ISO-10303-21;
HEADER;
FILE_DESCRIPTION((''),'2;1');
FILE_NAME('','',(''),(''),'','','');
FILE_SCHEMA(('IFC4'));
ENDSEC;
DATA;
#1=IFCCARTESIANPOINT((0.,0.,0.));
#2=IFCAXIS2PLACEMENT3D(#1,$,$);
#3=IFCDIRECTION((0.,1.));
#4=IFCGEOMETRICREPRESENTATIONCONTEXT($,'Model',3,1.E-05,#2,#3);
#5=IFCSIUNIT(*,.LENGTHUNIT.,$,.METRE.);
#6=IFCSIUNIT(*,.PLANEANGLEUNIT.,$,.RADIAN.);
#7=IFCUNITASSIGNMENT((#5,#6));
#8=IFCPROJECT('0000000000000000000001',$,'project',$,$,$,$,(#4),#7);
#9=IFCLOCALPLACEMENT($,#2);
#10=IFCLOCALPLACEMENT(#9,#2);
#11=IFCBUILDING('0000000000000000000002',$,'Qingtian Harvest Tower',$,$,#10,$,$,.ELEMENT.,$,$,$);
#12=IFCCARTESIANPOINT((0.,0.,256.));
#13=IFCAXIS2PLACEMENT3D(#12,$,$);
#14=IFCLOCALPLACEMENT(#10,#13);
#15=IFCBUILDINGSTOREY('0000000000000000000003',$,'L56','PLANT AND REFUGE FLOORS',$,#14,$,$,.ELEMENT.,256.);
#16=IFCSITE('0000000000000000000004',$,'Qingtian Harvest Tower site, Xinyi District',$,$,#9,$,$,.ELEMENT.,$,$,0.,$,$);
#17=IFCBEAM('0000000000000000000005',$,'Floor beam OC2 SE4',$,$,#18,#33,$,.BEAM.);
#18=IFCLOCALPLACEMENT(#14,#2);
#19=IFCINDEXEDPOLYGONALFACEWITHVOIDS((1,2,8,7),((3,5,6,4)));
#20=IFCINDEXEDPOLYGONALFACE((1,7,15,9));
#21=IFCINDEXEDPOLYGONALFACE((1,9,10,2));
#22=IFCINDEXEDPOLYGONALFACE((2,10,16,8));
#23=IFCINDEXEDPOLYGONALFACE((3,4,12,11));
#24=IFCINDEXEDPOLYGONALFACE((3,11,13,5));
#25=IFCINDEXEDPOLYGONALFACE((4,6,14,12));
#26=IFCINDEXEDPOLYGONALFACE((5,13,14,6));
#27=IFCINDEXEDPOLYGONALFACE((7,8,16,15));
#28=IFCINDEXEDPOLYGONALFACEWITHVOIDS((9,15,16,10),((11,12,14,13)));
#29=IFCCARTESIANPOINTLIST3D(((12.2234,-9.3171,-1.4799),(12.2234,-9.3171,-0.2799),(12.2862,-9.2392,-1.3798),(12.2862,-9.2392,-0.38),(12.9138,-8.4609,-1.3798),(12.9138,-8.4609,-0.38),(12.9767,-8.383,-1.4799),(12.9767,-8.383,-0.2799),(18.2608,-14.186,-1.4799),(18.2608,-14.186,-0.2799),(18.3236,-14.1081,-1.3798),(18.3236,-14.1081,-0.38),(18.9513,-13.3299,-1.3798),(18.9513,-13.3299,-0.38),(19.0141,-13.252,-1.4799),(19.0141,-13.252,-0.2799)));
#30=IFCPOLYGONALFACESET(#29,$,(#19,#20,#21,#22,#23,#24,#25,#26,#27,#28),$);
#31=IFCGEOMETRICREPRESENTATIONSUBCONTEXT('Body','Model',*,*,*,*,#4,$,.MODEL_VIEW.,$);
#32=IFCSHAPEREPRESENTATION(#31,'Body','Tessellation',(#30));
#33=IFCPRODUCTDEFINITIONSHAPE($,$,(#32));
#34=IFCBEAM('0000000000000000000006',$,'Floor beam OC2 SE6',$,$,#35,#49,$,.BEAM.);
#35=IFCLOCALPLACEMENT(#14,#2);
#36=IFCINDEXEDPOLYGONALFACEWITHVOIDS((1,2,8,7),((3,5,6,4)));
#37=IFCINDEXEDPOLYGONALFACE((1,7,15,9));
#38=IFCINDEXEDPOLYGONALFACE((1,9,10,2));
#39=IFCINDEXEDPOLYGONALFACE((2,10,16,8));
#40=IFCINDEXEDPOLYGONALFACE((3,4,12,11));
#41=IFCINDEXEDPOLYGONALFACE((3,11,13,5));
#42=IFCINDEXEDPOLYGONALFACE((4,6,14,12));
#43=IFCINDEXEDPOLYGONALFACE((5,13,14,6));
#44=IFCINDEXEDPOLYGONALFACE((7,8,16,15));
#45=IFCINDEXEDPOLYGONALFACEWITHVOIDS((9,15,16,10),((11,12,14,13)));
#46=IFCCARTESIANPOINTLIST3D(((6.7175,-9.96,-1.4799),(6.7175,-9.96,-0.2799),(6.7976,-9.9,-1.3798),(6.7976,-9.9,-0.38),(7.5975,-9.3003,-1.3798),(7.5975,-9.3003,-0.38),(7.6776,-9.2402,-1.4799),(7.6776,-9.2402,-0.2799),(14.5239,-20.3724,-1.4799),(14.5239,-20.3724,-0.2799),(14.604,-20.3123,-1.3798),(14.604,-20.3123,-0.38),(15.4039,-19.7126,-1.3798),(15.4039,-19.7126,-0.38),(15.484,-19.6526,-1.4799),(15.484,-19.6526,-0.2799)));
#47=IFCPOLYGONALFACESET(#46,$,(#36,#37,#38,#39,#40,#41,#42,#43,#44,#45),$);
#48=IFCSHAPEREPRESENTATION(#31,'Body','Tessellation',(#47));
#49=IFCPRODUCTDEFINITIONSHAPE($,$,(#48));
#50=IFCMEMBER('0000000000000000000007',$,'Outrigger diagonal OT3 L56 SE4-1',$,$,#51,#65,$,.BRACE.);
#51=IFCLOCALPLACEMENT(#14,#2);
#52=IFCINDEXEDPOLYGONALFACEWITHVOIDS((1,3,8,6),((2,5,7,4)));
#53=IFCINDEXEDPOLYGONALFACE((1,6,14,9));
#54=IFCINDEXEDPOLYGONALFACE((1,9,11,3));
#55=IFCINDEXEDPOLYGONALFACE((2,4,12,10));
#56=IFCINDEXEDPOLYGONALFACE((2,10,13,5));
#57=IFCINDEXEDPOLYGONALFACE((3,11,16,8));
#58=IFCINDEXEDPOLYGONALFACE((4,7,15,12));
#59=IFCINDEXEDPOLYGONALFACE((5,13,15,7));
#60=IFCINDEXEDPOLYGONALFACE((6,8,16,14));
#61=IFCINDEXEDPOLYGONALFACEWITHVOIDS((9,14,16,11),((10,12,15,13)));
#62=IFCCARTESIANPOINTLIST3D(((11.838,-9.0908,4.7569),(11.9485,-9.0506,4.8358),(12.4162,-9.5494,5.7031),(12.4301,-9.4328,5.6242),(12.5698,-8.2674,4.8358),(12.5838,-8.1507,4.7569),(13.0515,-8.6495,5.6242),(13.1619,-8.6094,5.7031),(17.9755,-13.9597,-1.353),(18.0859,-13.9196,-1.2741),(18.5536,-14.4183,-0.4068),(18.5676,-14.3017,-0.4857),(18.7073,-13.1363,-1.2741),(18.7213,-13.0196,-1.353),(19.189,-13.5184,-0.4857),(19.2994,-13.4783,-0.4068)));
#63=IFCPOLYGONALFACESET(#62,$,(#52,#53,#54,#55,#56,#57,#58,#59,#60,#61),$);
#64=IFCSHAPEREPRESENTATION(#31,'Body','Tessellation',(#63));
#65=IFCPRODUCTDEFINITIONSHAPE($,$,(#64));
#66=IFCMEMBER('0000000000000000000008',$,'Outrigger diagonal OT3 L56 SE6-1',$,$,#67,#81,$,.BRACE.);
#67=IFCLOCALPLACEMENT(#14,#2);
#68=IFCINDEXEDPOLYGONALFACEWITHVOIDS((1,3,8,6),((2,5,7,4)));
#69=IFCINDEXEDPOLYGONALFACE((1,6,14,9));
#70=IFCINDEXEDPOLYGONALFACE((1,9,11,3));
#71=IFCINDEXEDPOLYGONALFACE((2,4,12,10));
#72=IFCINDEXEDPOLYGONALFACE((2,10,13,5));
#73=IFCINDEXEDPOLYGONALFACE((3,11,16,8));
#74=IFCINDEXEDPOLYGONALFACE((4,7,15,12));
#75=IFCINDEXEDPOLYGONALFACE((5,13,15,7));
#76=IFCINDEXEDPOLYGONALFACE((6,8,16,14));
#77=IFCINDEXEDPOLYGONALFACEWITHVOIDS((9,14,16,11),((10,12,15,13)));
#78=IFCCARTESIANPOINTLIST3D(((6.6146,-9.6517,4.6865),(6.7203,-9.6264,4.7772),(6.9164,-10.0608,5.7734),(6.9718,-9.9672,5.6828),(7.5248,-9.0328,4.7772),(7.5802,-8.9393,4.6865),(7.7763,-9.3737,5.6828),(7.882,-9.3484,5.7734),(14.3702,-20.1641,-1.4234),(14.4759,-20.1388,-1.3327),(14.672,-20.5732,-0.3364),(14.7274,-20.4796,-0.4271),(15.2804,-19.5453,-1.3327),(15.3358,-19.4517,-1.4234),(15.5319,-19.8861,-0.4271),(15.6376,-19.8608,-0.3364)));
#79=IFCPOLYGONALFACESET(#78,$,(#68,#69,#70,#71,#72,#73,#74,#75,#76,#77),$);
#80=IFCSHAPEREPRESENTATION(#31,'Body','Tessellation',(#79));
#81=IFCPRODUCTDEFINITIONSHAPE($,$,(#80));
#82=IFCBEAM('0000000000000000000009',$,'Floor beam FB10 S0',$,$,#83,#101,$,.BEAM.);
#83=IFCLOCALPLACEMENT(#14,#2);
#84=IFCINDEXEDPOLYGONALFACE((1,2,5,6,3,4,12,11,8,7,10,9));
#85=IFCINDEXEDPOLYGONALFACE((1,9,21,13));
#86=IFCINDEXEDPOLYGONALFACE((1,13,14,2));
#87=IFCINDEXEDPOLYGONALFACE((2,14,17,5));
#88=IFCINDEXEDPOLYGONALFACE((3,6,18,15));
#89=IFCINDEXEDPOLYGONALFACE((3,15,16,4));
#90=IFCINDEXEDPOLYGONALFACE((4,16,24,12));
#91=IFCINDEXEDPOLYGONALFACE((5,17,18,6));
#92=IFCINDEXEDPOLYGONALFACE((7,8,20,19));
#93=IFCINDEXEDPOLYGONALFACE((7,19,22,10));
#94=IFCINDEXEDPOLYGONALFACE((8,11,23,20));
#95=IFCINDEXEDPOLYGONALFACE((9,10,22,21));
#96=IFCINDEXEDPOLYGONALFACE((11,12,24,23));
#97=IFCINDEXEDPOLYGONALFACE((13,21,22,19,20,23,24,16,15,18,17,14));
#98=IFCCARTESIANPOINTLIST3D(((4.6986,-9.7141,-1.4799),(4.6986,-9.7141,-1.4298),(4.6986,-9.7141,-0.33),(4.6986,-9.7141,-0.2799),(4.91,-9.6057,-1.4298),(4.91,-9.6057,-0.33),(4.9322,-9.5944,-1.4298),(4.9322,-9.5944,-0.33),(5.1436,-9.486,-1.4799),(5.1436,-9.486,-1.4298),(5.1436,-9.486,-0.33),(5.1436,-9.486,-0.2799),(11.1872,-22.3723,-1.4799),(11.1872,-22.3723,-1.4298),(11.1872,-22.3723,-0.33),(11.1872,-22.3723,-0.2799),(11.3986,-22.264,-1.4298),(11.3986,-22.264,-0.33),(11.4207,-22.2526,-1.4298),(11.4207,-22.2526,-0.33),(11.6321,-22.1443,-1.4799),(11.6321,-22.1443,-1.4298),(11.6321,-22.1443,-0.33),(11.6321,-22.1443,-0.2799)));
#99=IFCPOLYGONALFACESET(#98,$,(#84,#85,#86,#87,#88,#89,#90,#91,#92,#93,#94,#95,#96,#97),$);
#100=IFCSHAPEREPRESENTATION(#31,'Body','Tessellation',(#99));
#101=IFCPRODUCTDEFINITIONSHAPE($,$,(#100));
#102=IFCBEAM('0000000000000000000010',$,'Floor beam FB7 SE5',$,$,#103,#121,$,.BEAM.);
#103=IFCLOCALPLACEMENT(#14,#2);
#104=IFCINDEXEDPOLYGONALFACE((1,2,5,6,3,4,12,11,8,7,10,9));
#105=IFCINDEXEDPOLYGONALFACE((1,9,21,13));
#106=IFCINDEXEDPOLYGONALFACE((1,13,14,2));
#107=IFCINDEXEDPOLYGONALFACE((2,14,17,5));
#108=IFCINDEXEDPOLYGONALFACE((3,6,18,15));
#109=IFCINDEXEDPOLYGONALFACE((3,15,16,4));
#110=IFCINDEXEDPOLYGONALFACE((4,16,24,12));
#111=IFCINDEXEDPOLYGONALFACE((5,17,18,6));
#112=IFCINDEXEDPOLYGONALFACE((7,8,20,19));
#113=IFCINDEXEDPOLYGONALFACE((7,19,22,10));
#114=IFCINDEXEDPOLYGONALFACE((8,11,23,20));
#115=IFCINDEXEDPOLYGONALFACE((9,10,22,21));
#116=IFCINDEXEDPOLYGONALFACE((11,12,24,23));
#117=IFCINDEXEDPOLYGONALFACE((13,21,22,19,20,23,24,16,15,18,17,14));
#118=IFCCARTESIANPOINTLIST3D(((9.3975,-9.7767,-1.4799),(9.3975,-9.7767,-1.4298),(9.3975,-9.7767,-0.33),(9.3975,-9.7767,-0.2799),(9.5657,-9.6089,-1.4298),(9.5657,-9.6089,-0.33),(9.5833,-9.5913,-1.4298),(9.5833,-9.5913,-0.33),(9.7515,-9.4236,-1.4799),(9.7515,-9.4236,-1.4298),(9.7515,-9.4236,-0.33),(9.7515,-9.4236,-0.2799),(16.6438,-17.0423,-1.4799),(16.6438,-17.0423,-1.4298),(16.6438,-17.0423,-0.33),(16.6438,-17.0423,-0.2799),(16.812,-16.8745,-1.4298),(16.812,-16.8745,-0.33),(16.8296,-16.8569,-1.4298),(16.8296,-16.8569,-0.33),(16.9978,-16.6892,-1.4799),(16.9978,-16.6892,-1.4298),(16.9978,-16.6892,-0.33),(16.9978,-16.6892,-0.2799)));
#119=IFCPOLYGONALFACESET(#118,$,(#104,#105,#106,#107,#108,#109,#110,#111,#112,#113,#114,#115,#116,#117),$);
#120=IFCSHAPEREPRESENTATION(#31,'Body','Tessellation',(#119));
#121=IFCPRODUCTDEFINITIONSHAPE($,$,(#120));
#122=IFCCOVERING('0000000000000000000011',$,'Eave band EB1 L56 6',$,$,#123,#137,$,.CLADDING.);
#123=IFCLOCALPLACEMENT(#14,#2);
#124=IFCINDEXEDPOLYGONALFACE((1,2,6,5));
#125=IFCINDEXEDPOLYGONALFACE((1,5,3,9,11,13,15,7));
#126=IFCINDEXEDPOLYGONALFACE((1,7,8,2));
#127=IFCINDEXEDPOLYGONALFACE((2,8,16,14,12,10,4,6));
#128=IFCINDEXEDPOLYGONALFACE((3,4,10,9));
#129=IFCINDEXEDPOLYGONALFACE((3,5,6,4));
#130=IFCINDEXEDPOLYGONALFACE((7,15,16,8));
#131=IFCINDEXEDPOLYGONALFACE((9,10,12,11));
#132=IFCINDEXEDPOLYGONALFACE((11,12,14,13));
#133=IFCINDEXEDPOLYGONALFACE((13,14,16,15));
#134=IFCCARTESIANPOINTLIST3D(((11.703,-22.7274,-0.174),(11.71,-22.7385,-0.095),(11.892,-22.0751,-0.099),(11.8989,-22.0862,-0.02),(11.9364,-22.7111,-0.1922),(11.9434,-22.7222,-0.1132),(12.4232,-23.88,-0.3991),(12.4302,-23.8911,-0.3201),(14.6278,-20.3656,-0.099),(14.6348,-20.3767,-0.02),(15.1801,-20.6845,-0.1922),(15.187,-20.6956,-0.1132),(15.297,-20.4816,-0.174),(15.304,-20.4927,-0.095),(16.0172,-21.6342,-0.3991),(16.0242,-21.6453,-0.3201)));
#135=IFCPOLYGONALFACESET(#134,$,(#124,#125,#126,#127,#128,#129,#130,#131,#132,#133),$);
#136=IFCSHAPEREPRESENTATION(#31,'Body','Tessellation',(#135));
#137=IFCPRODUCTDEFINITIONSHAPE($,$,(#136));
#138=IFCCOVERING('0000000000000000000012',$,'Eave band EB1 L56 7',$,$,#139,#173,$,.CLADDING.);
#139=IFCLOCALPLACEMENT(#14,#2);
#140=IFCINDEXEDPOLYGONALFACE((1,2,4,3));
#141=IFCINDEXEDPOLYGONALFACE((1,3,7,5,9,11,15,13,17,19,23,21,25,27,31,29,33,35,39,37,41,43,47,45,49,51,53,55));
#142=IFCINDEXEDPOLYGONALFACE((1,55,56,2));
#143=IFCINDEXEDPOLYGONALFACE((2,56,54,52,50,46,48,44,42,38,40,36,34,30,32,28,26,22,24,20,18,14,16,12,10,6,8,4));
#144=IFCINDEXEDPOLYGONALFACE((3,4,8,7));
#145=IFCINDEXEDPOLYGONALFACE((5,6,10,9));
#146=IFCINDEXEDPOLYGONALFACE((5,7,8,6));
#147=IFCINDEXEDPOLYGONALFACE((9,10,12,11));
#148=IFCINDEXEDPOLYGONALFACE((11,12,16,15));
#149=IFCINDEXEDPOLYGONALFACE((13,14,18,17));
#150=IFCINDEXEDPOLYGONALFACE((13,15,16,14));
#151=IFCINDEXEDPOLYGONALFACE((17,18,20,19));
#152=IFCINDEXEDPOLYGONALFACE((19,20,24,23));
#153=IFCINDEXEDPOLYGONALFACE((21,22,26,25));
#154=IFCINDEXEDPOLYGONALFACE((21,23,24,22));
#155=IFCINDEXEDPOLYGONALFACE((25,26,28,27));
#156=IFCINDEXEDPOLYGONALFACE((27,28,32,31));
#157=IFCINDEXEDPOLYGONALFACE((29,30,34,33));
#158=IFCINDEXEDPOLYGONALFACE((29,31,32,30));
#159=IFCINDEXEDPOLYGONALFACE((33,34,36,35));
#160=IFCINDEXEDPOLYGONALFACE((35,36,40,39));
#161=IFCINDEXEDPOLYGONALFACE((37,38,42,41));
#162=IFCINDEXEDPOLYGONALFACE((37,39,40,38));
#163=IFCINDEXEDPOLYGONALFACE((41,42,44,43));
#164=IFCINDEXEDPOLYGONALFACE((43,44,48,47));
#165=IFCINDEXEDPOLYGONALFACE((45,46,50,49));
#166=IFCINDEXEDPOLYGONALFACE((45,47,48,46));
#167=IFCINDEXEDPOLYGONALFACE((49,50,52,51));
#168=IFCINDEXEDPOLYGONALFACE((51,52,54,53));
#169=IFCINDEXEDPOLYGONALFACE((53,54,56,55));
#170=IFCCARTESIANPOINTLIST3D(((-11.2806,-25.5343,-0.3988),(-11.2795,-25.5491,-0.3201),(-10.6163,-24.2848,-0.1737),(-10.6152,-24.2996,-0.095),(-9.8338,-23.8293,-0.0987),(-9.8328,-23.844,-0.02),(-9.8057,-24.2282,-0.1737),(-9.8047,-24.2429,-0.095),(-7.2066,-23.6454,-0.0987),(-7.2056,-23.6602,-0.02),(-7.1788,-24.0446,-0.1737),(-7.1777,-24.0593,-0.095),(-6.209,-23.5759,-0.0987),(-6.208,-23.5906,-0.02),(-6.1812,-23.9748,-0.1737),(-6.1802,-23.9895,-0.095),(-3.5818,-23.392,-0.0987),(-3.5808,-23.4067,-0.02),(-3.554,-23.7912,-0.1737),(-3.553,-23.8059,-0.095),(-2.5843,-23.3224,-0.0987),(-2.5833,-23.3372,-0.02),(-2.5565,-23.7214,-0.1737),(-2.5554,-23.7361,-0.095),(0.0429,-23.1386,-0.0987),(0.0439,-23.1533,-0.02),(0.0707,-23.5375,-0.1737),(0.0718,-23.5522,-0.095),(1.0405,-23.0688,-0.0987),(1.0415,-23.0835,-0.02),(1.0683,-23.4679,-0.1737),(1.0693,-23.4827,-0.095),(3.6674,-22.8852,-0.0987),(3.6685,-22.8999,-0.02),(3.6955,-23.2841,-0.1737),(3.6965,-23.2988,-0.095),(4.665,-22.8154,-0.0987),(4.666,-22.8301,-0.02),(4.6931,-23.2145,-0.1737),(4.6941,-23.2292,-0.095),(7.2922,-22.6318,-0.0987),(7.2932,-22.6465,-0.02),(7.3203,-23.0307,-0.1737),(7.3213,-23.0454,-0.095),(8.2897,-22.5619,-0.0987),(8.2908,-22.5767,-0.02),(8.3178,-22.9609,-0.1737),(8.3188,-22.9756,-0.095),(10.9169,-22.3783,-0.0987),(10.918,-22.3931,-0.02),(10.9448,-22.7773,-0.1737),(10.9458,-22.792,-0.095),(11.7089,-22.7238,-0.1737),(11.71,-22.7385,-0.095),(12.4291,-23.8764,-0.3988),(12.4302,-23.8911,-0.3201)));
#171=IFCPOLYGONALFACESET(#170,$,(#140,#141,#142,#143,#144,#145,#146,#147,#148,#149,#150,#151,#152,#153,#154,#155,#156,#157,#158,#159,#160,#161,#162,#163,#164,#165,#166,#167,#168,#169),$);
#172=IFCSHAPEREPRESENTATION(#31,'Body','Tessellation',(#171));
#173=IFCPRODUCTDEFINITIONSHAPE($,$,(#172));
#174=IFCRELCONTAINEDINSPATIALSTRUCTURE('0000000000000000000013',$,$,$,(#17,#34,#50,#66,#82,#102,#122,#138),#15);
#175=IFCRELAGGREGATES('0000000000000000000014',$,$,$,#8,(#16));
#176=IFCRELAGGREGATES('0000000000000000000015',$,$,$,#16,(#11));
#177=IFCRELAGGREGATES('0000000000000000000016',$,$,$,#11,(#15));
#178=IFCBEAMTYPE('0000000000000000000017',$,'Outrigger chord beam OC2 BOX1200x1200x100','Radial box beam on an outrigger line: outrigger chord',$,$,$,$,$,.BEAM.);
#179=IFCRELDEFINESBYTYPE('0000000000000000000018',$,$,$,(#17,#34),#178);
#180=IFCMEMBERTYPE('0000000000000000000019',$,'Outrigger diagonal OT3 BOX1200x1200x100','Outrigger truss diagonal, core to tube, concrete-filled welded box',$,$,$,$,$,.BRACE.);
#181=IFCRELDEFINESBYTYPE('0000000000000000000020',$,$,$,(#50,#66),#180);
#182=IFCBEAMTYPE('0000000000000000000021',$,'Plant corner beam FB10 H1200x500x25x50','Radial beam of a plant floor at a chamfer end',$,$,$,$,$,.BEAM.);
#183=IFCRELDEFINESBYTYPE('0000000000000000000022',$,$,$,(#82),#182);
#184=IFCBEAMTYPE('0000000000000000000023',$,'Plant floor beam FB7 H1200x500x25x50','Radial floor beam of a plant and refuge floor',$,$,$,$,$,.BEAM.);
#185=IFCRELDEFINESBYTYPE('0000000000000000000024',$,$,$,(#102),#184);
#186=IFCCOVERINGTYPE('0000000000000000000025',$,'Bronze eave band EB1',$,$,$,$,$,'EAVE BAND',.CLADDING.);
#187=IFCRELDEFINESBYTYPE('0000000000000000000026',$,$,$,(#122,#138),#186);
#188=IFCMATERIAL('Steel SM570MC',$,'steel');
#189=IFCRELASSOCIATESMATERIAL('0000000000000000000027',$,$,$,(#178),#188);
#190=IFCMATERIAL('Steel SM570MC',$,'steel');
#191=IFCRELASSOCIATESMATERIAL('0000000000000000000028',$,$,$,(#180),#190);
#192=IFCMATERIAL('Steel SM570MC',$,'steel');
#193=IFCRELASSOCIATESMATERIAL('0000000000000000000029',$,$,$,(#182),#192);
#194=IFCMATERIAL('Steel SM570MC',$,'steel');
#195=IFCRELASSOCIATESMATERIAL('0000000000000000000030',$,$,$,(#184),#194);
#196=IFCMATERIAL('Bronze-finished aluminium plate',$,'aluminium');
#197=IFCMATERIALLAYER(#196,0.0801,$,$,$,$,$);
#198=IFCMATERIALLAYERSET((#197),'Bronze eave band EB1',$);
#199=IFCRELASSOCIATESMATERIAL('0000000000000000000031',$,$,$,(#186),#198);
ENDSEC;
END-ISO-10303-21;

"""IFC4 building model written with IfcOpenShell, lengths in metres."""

from ifc_helpers import new_model, si_unit, direction, frame, origin, origin_2d, place, context, subcontext, project, spatial, polyline, hollow_rectangle, i_section, outline, extrude, material, layer, layer_set, material_profile, profile_set, type_object, element, save


model = new_model("IFC4")

# Units and contexts
model_context = context("Model", 3, precision=1e-05, world=origin(), true_north=direction((0.0, 1.0)))
body_context = subcontext(model_context, "Body", "Model", "MODEL_VIEW")
ifc_project = project(units=[si_unit("LENGTHUNIT", "METRE"), si_unit("PLANEANGLEUNIT", "RADIAN")], contexts=[model_context])

# Site, building, storey
site_placement = place(None, origin())
site = spatial("IfcSite", under=ifc_project, at=site_placement, Name="Qingtian Harvest Tower site, Xinyi District", CompositionType="ELEMENT", RefElevation=0.0)
building_placement = place(site_placement, origin())
building = spatial("IfcBuilding", under=site, at=building_placement, Name="Qingtian Harvest Tower", CompositionType="ELEMENT")
storey_placement = place(building_placement, frame((0.0, 0.0, 256.0)))
storey = spatial("IfcBuildingStorey", under=building, at=storey_placement, Name="L56", Description="PLANT AND REFUGE FLOORS", CompositionType="ELEMENT", Elevation=256.0)

# Beams
ifc_material_1 = material(Name="Steel SM570MC", Category="steel")
ifc_material_profile_1 = material_profile(ifc_material_1, hollow_rectangle(XDim=1.2, YDim=1.2, WallThickness=0.1001, at=origin_2d()), Name="BOX1200x1200x100")
ifc_profile_set_1 = profile_set([ifc_material_profile_1], Name="Steel SM570MC")
beam_type_1 = type_object("IfcBeamType", Name="Outrigger chord beam OC2 BOX1200x1200x100", Description="Radial box beam on an outrigger line: outrigger chord", PredefinedType="BEAM", material=ifc_profile_set_1)
beam_1_placement = place(storey_placement, frame((18.6375, -13.719, -0.8799), z_axis=(-0.778409, 0.627757, 0.0), x_axis=(-0.627757, -0.778409, 0.0)))
element("IfcBeam", 1, at=beam_1_placement, inside=storey, type_object=beam_type_1, Name="Floor beam OC2 SE4", PredefinedType="BEAM", context=body_context, shape_type="SweptSolid", body=[
    extrude(hollow_rectangle(XDim=1.2, YDim=1.2, WallThickness=0.1001, at=origin_2d()), origin(), (0.0, 0.0, 1.0), 7.7561),
])
beam_2_placement = place(storey_placement, frame((15.0039, -20.0125, -0.8799), z_axis=(-0.599859, 0.800106, 0.0), x_axis=(-0.800106, -0.599859, 0.0)))
element("IfcBeam", 2, at=beam_2_placement, inside=storey, type_object=beam_type_1, Name="Floor beam OC2 SE6", PredefinedType="BEAM", context=body_context, shape_type="SweptSolid", body=[
    extrude(hollow_rectangle(XDim=1.2, YDim=1.2, WallThickness=0.1001, at=origin_2d()), origin(), (0.0, 0.0, 1.0), 13.0137),
])

# Members
ifc_material_2 = material(Name="Steel SM570MC", Category="steel")
ifc_material_profile_2 = material_profile(ifc_material_2, hollow_rectangle(XDim=1.2, YDim=1.2, WallThickness=0.1001, at=origin_2d()), Name="BOX1200x1200x100")
ifc_profile_set_2 = profile_set([ifc_material_profile_2], Name="Steel SM570MC")
member_type_1 = type_object("IfcMemberType", Name="Outrigger diagonal OT3 BOX1200x1200x100", Description="Outrigger truss diagonal, core to tube, concrete-filled welded box", PredefinedType="BRACE", material=ifc_profile_set_2)
member_1_placement = place(storey_placement, frame((18.6375, -13.719, -0.8799), z_axis=(-0.617758, 0.490073, 0.614982), x_axis=(-0.621494, -0.783419, 0.0)))
element("IfcMember", 3, at=member_1_placement, inside=storey, type_object=member_type_1, Name="Outrigger diagonal OT3 L56 SE4-1", PredefinedType="BRACE", context=body_context, shape_type="SweptSolid", body=[
    extrude(hollow_rectangle(XDim=1.2, YDim=1.2, WallThickness=0.1001, at=origin_2d()), origin(), (0.0, 0.0, 1.0), 9.9351),
])
member_2_placement = place(storey_placement, frame((15.0039, -20.0125, -0.8799), z_axis=(-0.537766, 0.728922, 0.423651), x_axis=(-0.804705, -0.593675, 0.0)))
element("IfcMember", 4, at=member_2_placement, inside=storey, type_object=member_type_1, Name="Outrigger diagonal OT3 L56 SE6-1", PredefinedType="BRACE", context=body_context, shape_type="SweptSolid", body=[
    extrude(hollow_rectangle(XDim=1.2, YDim=1.2, WallThickness=0.1001, at=origin_2d()), origin(), (0.0, 0.0, 1.0), 14.4219),
])

# Beams
ifc_material_3 = material(Name="Steel SM570MC", Category="steel")
ifc_material_profile_3 = material_profile(ifc_material_3, i_section(OverallWidth=0.5, OverallDepth=1.2, WebThickness=0.0249, FlangeThickness=0.05, at=origin_2d()), Name="H1200x500x25x50")
ifc_profile_set_3 = profile_set([ifc_material_profile_3], Name="Steel SM570MC")
beam_type_2 = type_object("IfcBeamType", Name="Plant corner beam FB10 H1200x500x25x50", Description="Radial beam of a plant floor at a chamfer end", PredefinedType="BEAM", material=ifc_profile_set_3)
beam_3_placement = place(storey_placement, frame((11.4097, -22.2583, -0.8799), z_axis=(-0.456157, 0.889899, 0.0), x_axis=(-0.889899, -0.456157, 0.0)))
element("IfcBeam", 5, at=beam_3_placement, inside=storey, type_object=beam_type_2, Name="Floor beam FB10 S0", PredefinedType="BEAM", context=body_context, shape_type="SweptSolid", body=[
    extrude(i_section(OverallWidth=0.5, OverallDepth=1.2, WebThickness=0.0249, FlangeThickness=0.05, at=origin_2d()), origin(), (0.0, 0.0, 1.0), 14.2244),
])
ifc_material_4 = material(Name="Steel SM570MC", Category="steel")
ifc_material_profile_4 = material_profile(ifc_material_4, i_section(OverallWidth=0.5, OverallDepth=1.2, WebThickness=0.0249, FlangeThickness=0.05, at=origin_2d()), Name="H1200x500x25x50")
ifc_profile_set_4 = profile_set([ifc_material_profile_4], Name="Steel SM570MC")
beam_type_3 = type_object("IfcBeamType", Name="Plant floor beam FB7 H1200x500x25x50", Description="Radial floor beam of a plant and refuge floor", PredefinedType="BEAM", material=ifc_profile_set_4)
beam_4_placement = place(storey_placement, frame((16.8208, -16.8657, -0.8799), z_axis=(-0.706166, 0.708046, 0.0), x_axis=(-0.708046, -0.706166, 0.0)))
element("IfcBeam", 6, at=beam_4_placement, inside=storey, type_object=beam_type_3, Name="Floor beam FB7 SE5", PredefinedType="BEAM", context=body_context, shape_type="SweptSolid", body=[
    extrude(i_section(OverallWidth=0.5, OverallDepth=1.2, WebThickness=0.0249, FlangeThickness=0.05, at=origin_2d()), origin(), (0.0, 0.0, 1.0), 10.2615),
])

# Coverings
ifc_material_5 = material(Name="Bronze-finished aluminium plate", Category="aluminium")
ifc_layer_1 = layer(ifc_material_5, 0.0801)
ifc_layer_set_1 = layer_set([ifc_layer_1], Name="Bronze eave band EB1")
covering_type = type_object("IfcCoveringType", Name="Bronze eave band EB1", ElementType="EAVE BAND", PredefinedType="CLADDING", material=ifc_layer_set_1)
covering_1_placement = place(storey_placement, frame((14.6348, -20.3767, -0.02), z_axis=(0.086564, -0.138531, 0.986568), x_axis=(0.856909, -0.494754, -0.144659)))
element("IfcCovering", 7, at=covering_1_placement, inside=storey, type_object=covering_type, Name="Eave band EB1 L56 6", PredefinedType="CLADDING", context=body_context, shape_type="SweptSolid", body=[
    extrude(outline(polyline([(0.0, 0.0), (0.6445, 0.0), (0.6417, 0.2349), (1.8616, -0.4051), (-0.107, -4.1581), (-1.3269, -3.5182), (-1.1324, -3.3869), (-1.4986, -2.8568), (0.0, 0.0)])), origin(), (0.0, 0.0, -1.0), 0.0801),
])
covering_2_placement = place(storey_placement, frame((10.918, -22.3931, -0.02), z_axis=(0.012858, -0.18388, 0.982865), x_axis=(0.068406, -0.980481, -0.184329)))
element("IfcCovering", 8, at=covering_2_placement, inside=storey, type_object=covering_type, Name="Eave band EB1 L56 7", PredefinedType="CLADDING", context=body_context, shape_type="SweptSolid", body=[
    extrude(outline(polyline([(0.0, 0.0), (0.4069, 0.0), (0.4067, 0.766), (1.6276, 1.4043), (1.6313, -22.3633), (0.4101, -21.6137), (0.41, -20.8012), (0.0031, -20.8014), (0.0026, -18.1678), (0.4097, -18.1678), (0.4095, -17.1678), (0.0026, -17.1678), (0.0021, -14.5342), (0.4092, -14.5342), (0.409, -13.5342), (0.0021, -13.5342), (0.0016, -10.9006), (0.4084, -10.9006), (0.4084, -9.9006), (0.0013, -9.9006), (0.001, -7.2672), (0.4079, -7.267), (0.4079, -6.267), (0.0008, -6.2672), (0.0005, -3.6336), (0.4074, -3.6334), (0.4072, -2.6334), (0.0003, -2.6336), (0.0, 0.0)])), origin(), (0.0, 0.0, -1.0), 0.0801),
])

save(model, "model.ifc")
